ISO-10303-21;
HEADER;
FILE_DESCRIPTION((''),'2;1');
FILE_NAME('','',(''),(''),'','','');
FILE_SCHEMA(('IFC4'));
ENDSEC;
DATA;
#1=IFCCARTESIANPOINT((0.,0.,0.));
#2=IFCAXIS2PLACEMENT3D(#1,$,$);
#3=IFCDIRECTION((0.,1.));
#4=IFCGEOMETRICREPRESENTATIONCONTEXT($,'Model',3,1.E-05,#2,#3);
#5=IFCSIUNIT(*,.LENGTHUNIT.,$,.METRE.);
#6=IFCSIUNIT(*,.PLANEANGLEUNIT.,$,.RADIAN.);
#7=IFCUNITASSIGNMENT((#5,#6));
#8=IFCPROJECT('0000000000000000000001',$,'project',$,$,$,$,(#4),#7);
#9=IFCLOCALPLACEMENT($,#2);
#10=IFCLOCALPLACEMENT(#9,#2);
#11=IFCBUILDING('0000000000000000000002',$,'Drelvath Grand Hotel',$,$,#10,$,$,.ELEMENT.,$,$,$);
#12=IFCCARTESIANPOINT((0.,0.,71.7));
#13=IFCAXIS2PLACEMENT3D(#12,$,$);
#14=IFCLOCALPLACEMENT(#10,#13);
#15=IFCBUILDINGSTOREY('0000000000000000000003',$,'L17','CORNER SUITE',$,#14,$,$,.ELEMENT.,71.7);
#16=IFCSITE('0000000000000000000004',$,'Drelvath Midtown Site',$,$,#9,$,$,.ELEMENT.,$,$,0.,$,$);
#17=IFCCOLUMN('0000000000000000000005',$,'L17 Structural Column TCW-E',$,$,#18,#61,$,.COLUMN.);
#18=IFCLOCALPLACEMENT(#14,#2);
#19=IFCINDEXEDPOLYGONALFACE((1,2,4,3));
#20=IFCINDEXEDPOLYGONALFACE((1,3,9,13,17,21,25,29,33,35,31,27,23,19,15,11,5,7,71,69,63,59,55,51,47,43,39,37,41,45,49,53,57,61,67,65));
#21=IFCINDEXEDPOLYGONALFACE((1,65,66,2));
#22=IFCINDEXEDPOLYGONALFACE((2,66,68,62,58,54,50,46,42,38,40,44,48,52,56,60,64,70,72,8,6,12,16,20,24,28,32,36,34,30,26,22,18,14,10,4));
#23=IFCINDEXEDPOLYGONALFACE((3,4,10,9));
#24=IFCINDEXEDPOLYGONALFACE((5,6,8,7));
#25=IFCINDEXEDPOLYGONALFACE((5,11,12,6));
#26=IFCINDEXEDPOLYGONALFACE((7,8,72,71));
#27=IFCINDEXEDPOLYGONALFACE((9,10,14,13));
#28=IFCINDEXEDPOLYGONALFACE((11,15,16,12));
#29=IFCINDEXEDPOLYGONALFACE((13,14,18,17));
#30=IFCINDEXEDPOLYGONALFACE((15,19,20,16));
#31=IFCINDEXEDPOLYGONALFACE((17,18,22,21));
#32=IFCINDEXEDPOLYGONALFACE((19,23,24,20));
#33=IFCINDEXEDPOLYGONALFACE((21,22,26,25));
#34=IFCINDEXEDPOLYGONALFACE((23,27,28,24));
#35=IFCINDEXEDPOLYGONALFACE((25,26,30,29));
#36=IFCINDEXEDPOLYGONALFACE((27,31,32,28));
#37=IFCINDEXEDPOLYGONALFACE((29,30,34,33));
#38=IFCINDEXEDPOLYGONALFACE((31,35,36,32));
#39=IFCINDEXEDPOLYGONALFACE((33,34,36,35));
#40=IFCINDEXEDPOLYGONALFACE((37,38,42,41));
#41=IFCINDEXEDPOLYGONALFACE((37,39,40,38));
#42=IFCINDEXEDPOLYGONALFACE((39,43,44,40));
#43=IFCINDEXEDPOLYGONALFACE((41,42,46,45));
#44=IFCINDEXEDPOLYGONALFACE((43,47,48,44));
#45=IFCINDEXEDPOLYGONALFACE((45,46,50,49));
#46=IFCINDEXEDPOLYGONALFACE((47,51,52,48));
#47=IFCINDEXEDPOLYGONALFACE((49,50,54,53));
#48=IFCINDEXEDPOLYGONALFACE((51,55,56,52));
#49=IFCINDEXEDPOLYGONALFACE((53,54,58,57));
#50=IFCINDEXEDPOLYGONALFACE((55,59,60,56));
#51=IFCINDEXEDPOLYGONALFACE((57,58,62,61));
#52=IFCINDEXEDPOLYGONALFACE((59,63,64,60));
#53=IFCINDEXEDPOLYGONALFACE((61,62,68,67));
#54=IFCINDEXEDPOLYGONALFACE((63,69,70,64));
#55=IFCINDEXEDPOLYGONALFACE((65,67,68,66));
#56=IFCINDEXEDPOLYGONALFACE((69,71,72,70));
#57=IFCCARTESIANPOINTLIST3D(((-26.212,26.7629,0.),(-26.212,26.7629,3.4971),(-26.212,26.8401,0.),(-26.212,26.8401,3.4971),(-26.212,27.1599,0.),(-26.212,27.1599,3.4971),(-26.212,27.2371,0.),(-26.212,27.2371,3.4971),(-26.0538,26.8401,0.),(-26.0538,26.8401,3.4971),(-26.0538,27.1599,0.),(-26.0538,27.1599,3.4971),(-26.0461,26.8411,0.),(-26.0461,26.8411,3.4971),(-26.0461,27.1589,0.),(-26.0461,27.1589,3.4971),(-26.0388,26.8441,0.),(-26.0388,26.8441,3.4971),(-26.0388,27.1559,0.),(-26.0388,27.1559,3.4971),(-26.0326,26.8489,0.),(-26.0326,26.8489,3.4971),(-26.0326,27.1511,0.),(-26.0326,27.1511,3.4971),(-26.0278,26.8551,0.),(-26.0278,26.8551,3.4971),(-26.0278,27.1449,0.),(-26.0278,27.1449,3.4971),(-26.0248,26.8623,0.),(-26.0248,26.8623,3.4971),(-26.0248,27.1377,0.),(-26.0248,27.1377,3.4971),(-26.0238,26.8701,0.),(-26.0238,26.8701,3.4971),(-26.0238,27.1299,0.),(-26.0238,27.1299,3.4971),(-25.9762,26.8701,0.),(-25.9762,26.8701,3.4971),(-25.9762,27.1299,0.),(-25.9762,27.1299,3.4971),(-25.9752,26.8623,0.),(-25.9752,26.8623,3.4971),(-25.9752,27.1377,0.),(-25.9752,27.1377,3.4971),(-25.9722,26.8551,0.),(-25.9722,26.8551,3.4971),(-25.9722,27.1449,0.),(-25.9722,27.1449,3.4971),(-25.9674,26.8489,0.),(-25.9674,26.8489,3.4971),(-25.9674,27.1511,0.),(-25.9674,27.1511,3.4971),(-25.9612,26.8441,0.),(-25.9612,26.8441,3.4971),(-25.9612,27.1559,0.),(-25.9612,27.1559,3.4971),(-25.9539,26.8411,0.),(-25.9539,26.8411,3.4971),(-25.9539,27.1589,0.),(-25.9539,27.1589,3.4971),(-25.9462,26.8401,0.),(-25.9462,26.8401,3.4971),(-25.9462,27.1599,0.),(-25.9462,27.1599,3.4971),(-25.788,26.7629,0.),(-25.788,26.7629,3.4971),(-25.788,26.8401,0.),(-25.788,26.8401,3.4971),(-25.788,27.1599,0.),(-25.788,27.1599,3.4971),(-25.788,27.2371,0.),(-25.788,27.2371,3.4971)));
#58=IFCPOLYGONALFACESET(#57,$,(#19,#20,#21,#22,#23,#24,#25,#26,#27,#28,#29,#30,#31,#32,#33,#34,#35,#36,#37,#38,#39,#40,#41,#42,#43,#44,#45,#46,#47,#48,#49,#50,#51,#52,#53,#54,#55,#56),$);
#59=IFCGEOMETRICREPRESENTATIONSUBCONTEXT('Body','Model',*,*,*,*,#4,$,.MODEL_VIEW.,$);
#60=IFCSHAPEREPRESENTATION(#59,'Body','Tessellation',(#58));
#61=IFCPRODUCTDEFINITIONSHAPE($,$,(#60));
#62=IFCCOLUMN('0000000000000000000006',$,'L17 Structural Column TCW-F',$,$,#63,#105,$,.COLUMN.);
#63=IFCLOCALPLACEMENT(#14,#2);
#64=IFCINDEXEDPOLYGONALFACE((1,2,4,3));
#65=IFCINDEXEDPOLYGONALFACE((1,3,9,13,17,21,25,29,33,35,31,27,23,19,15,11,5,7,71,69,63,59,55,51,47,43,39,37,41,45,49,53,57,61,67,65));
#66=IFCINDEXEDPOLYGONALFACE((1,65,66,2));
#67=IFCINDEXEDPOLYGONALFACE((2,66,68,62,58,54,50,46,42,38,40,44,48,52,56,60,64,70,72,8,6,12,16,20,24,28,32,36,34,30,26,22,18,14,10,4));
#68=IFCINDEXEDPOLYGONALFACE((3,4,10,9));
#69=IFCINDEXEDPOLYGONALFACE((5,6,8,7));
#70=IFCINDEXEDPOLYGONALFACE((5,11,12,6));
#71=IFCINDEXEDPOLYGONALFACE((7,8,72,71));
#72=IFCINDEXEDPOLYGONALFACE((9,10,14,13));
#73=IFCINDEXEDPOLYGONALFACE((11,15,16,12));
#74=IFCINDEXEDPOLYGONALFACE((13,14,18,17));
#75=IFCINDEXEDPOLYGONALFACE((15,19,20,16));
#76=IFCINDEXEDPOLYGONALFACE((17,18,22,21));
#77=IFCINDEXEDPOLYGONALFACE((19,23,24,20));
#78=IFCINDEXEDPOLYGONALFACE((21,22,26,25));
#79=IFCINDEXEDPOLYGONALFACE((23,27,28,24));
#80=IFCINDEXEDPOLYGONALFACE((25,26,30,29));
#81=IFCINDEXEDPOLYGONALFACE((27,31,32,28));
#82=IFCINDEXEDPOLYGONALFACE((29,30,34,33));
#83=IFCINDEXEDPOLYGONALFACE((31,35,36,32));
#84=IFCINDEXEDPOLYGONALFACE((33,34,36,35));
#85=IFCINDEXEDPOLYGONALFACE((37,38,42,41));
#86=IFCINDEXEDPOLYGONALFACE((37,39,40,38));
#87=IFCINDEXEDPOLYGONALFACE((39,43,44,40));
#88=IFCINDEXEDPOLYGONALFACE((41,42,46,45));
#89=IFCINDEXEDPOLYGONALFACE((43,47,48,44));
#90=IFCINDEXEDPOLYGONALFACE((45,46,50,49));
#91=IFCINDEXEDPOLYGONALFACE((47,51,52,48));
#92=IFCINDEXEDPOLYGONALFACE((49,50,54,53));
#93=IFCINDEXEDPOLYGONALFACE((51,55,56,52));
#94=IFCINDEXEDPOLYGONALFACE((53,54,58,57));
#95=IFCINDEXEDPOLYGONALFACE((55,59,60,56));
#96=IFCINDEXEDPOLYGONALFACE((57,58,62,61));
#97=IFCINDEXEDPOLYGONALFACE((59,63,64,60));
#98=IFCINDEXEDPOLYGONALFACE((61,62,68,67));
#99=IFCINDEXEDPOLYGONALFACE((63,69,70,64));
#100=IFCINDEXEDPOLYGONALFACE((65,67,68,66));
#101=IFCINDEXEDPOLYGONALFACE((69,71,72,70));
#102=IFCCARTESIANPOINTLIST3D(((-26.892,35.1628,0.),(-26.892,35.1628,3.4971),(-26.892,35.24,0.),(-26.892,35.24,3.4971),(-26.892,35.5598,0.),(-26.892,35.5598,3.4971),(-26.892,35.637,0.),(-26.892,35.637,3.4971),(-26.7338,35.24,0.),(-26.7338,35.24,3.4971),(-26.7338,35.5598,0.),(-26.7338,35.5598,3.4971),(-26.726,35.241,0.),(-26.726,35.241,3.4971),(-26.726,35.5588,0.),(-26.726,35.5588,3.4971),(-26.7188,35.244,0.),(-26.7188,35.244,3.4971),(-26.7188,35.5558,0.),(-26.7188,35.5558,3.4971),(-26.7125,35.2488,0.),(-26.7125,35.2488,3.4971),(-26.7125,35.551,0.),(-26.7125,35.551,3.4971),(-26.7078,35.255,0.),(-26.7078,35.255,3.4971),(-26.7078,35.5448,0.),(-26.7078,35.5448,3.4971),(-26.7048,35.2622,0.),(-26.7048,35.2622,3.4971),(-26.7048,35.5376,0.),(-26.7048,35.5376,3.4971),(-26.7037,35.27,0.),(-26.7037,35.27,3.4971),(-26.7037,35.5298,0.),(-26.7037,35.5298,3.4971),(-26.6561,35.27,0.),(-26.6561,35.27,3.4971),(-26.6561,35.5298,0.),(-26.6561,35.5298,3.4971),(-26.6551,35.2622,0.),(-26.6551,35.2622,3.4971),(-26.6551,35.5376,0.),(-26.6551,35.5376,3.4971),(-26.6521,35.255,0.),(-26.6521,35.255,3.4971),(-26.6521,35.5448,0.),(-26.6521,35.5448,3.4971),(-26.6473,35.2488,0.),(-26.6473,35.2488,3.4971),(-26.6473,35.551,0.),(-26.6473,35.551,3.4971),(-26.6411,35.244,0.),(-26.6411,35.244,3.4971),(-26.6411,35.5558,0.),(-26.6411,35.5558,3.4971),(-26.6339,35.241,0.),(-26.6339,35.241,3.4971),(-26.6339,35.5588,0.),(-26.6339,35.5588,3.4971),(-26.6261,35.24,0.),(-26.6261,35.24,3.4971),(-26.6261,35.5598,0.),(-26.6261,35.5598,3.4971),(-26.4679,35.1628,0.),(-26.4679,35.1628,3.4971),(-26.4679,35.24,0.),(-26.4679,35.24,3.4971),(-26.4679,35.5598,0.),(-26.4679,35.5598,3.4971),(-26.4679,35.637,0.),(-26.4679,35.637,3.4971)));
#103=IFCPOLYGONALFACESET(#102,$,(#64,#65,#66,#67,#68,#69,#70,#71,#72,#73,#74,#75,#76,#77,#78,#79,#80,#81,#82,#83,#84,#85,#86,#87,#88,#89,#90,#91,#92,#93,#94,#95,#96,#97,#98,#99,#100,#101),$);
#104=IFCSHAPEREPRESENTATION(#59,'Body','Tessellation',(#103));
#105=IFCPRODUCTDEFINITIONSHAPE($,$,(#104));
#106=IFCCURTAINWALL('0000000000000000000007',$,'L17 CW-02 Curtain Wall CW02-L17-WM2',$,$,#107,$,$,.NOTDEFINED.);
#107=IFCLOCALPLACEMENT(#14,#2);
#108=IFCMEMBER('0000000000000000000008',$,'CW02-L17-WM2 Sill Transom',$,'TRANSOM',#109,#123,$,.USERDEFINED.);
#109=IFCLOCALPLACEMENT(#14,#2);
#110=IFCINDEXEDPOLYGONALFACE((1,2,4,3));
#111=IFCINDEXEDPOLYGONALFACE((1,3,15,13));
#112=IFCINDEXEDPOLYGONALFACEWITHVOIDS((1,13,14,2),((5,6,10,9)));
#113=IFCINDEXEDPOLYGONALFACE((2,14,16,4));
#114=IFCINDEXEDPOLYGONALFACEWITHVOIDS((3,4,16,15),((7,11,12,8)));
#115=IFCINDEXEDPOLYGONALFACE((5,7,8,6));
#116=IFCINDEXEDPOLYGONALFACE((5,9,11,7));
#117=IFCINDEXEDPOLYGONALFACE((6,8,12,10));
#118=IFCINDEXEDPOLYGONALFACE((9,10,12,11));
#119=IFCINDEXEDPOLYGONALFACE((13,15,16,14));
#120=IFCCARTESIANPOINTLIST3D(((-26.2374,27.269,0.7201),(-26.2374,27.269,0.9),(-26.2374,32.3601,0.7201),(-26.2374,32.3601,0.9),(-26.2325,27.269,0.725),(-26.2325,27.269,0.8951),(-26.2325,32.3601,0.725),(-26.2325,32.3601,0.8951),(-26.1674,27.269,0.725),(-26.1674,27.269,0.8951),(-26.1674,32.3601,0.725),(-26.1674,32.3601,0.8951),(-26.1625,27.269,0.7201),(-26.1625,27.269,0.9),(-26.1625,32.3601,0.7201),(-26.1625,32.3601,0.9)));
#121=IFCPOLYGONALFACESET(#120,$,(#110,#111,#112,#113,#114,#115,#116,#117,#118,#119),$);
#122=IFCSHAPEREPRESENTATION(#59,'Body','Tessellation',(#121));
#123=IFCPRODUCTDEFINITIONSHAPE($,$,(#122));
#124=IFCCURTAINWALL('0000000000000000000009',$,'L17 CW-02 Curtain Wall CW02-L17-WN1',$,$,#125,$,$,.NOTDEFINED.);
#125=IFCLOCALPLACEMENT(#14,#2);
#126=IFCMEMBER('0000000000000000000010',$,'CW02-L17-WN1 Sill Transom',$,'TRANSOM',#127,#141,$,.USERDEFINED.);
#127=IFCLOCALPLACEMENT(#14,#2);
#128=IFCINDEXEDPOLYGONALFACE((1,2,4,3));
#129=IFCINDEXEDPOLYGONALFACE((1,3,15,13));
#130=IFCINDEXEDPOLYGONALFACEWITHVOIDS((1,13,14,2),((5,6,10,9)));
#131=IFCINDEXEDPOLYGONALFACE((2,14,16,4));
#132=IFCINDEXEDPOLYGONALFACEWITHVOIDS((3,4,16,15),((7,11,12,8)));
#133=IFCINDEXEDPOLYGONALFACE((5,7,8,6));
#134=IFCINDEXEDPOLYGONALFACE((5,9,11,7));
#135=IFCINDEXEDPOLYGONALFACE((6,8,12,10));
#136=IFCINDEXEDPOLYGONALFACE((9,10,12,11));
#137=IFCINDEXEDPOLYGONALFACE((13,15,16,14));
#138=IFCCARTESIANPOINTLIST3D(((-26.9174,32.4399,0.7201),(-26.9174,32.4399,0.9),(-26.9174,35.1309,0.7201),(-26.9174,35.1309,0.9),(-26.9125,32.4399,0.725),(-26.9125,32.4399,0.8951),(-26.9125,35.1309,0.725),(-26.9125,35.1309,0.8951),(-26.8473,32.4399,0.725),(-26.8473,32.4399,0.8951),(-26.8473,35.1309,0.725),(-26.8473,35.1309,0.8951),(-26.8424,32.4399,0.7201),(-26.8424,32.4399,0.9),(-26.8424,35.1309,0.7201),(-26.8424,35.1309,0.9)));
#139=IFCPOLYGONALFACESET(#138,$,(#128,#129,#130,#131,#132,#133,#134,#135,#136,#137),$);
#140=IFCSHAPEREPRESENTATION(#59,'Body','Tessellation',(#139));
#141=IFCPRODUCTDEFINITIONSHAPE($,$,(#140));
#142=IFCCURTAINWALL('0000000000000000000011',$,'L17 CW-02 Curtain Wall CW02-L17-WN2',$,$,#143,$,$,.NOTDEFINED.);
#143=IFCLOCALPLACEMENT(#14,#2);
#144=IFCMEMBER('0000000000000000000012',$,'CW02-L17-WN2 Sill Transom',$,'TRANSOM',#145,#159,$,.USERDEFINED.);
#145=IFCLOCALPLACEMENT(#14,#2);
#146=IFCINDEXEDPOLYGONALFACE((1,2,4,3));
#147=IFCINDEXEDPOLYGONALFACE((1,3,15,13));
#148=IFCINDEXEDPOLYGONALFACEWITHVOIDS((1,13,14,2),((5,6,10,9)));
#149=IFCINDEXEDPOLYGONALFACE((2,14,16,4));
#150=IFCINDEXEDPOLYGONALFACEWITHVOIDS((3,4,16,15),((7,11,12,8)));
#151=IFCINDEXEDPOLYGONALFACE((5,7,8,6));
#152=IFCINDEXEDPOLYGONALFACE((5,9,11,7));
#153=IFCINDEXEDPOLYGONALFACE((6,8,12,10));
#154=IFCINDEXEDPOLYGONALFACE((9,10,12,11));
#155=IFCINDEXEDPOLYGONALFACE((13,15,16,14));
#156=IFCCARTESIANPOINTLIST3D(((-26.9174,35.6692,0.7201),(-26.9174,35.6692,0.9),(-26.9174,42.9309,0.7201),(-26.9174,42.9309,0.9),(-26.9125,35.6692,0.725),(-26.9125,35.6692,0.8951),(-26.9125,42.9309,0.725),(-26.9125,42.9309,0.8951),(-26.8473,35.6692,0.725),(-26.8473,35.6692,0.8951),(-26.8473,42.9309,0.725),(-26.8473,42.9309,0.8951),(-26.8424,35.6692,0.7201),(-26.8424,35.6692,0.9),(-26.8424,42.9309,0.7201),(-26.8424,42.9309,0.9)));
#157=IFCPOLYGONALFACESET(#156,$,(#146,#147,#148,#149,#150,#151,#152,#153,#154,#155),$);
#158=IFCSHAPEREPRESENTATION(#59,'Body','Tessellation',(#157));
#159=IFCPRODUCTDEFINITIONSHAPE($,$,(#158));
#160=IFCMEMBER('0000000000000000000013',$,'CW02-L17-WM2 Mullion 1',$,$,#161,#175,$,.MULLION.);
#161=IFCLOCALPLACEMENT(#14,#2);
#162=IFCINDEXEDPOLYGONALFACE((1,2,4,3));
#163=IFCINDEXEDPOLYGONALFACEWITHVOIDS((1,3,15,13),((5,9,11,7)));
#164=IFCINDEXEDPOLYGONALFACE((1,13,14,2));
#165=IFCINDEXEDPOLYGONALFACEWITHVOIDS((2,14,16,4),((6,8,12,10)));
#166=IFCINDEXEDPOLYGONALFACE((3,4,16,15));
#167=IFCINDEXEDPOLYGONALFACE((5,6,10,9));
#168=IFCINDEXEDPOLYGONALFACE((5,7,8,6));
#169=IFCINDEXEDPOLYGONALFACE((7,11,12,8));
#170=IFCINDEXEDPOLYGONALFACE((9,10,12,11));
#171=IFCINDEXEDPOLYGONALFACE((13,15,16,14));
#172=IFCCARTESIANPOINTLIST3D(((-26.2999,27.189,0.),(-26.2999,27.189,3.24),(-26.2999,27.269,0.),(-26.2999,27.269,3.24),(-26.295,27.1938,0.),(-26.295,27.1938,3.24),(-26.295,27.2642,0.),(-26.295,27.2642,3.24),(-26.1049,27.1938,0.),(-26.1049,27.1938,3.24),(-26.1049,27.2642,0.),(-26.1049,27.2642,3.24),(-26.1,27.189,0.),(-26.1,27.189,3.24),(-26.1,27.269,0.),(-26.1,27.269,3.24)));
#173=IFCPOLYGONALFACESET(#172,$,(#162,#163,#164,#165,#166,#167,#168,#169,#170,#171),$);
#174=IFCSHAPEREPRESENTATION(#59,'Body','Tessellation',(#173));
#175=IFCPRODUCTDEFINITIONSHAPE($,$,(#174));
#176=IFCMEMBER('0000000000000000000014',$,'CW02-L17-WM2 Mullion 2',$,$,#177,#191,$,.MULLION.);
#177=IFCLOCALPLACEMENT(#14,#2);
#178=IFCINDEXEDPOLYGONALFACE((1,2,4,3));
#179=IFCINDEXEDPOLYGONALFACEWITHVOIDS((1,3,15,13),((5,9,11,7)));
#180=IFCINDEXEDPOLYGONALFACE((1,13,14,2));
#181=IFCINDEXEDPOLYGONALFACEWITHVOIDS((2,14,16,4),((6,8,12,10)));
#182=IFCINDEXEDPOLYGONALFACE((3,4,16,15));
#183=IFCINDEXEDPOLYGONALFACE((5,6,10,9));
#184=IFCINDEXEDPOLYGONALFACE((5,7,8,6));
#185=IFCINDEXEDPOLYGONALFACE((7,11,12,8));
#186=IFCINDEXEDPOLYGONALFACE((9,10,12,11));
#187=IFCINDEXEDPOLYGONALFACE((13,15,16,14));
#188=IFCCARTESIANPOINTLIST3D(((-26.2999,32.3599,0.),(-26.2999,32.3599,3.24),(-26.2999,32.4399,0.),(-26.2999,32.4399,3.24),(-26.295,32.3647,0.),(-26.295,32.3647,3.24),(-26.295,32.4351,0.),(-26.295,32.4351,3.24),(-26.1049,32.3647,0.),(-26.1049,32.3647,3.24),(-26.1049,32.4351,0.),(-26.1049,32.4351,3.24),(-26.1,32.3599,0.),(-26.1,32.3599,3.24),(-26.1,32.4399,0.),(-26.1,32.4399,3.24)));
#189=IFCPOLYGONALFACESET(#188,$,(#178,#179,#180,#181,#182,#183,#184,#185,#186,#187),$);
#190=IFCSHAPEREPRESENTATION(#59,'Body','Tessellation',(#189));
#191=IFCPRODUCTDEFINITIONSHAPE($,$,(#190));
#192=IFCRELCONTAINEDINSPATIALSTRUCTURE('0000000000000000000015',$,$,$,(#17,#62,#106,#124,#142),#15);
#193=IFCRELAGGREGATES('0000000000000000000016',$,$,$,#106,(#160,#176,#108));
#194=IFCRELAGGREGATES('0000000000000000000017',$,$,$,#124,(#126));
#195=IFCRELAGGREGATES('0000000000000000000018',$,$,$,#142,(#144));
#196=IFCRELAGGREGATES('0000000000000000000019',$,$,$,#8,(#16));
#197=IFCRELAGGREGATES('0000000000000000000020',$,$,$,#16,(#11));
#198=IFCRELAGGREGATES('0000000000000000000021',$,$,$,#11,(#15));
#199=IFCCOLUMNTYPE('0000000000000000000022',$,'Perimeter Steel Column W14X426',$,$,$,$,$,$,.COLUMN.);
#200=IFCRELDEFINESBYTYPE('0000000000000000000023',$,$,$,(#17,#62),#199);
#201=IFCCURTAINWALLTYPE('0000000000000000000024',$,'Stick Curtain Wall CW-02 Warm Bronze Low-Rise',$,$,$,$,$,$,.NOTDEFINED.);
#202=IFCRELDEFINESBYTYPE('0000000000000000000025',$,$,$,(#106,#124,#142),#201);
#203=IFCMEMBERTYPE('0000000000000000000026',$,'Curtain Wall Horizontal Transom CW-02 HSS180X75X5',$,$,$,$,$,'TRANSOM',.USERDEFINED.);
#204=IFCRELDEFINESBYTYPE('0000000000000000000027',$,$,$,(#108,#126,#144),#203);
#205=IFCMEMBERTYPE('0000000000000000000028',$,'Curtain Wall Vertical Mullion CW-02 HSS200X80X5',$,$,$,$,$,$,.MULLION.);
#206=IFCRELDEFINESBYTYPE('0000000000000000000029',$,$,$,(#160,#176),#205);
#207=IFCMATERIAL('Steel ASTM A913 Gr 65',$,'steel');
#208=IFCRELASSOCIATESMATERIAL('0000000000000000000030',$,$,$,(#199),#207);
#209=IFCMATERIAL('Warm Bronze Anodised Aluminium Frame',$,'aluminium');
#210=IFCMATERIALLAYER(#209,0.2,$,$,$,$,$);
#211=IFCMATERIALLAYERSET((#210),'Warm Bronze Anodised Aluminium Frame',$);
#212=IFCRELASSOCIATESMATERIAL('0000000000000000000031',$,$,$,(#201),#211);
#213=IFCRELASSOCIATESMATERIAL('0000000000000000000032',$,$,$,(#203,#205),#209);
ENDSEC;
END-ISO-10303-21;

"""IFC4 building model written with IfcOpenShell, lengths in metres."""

from ifc_helpers import new_model, si_unit, direction, frame, origin, origin_2d, place, context, subcontext, project, spatial, hollow_rectangle, i_section, extrude, material, layer, layer_set, material_profile, profile_set, type_object, element, aggregate, save


model = new_model("IFC4")

# Units and contexts
model_context = context("Model", 3, precision=1e-05, world=origin(), true_north=direction((0.0, 1.0)))
body_context = subcontext(model_context, "Body", "Model", "MODEL_VIEW")
ifc_project = project(units=[si_unit("LENGTHUNIT", "METRE"), si_unit("PLANEANGLEUNIT", "RADIAN")], contexts=[model_context])

# Site, building, storey
site_placement = place(None, origin())
site = spatial("IfcSite", under=ifc_project, at=site_placement, Name="Drelvath Midtown Site", CompositionType="ELEMENT", RefElevation=0.0)
building_placement = place(site_placement, origin())
building = spatial("IfcBuilding", under=site, at=building_placement, Name="Drelvath Grand Hotel", CompositionType="ELEMENT")
storey_placement = place(building_placement, frame((0.0, 0.0, 71.7)))
storey = spatial("IfcBuildingStorey", under=building, at=storey_placement, Name="L17", Description="CORNER SUITE", CompositionType="ELEMENT", Elevation=71.7)

# Columns
ifc_material_1 = material(Name="Steel ASTM A913 Gr 65", Category="steel")
ifc_material_profile_1 = material_profile(ifc_material_1, i_section(OverallWidth=0.4241, OverallDepth=0.4741, WebThickness=0.0476, FlangeThickness=0.0771, FilletRadius=0.03, at=origin_2d()), Name="W14X426")
ifc_profile_set_1 = profile_set([ifc_material_profile_1], Name="Steel ASTM A913 Gr 65")
column_type = type_object("IfcColumnType", Name="Perimeter Steel Column W14X426", PredefinedType="COLUMN", material=ifc_profile_set_1)
for number, where, z_axis, x_axis, name in (
    (1, (-26.0, 27.0, 0.0), (0.0, 0.0, 1.0), (1.0, 0.0, 0.0), "L17 Structural Column TCW-E"),
    (2, (-26.6799, 35.3999, 0.0), (0.0, 0.0, 1.0), (1.0, 0.0, 0.0), "L17 Structural Column TCW-F"),
):
    element("IfcColumn", number, at=place(storey_placement, frame(where, z_axis=z_axis, x_axis=x_axis)), inside=storey, type_object=column_type, Name=name, PredefinedType="COLUMN", context=body_context, shape_type="SweptSolid", body=[
        extrude(i_section(OverallWidth=0.4241, OverallDepth=0.4741, WebThickness=0.0476, FlangeThickness=0.0771, FilletRadius=0.03, at=origin_2d()), origin(), (0.0, 0.0, 1.0), 3.4971),
    ])

# Curtain walls, members
ifc_material_2 = material(Name="Warm Bronze Anodised Aluminium Frame", Category="aluminium")
ifc_layer_1 = layer(ifc_material_2, 0.2)
ifc_layer_set_1 = layer_set([ifc_layer_1], Name="Warm Bronze Anodised Aluminium Frame")
curtain_wall_type = type_object("IfcCurtainWallType", Name="Stick Curtain Wall CW-02 Warm Bronze Low-Rise", PredefinedType="NOTDEFINED", material=ifc_layer_set_1)
curtain_wall_1_placement = place(storey_placement, origin())
curtain_wall_1 = element("IfcCurtainWall", 3, at=curtain_wall_1_placement, inside=storey, type_object=curtain_wall_type, Name="L17 CW-02 Curtain Wall CW02-L17-WM2", PredefinedType="NOTDEFINED")
ifc_material_profile_2 = material_profile(ifc_material_2, hollow_rectangle(XDim=0.075, YDim=0.1799, WallThickness=0.0049, at=origin_2d()), Name="HSS180X75X5")
ifc_profile_set_2 = profile_set([ifc_material_profile_2], Name="Warm Bronze Anodised Aluminium Frame")
member_type_1 = type_object("IfcMemberType", Name="Curtain Wall Horizontal Transom CW-02 HSS180X75X5", ElementType="TRANSOM", PredefinedType="USERDEFINED", material=ifc_profile_set_2)
member_1_placement = place(storey_placement, frame((-26.2, 27.269, 0.8101), z_axis=(0.0, 1.0, 0.0), x_axis=(-1.0, 0.0, 0.0)))
member_1 = element("IfcMember", 4, at=member_1_placement, type_object=member_type_1, Name="CW02-L17-WM2 Sill Transom", ObjectType="TRANSOM", PredefinedType="USERDEFINED", context=body_context, shape_type="SweptSolid", body=[
    extrude(hollow_rectangle(XDim=0.075, YDim=0.1799, WallThickness=0.0049, at=origin_2d()), origin(), (0.0, 0.0, 1.0), 5.0911),
])
curtain_wall_2_placement = place(storey_placement, origin())
curtain_wall_2 = element("IfcCurtainWall", 5, at=curtain_wall_2_placement, inside=storey, type_object=curtain_wall_type, Name="L17 CW-02 Curtain Wall CW02-L17-WN1", PredefinedType="NOTDEFINED")
member_2_placement = place(storey_placement, frame((-26.8799, 32.4399, 0.8101), z_axis=(0.0, 1.0, 0.0), x_axis=(-1.0, 0.0, 0.0)))
member_2 = element("IfcMember", 6, at=member_2_placement, type_object=member_type_1, Name="CW02-L17-WN1 Sill Transom", ObjectType="TRANSOM", PredefinedType="USERDEFINED", context=body_context, shape_type="SweptSolid", body=[
    extrude(hollow_rectangle(XDim=0.075, YDim=0.1799, WallThickness=0.0049, at=origin_2d()), origin(), (0.0, 0.0, 1.0), 2.6909),
])
curtain_wall_3_placement = place(storey_placement, origin())
curtain_wall_3 = element("IfcCurtainWall", 7, at=curtain_wall_3_placement, inside=storey, type_object=curtain_wall_type, Name="L17 CW-02 Curtain Wall CW02-L17-WN2", PredefinedType="NOTDEFINED")
member_3_placement = place(storey_placement, frame((-26.8799, 35.6692, 0.8101), z_axis=(0.0, 1.0, 0.0), x_axis=(-1.0, 0.0, 0.0)))
member_3 = element("IfcMember", 8, at=member_3_placement, type_object=member_type_1, Name="CW02-L17-WN2 Sill Transom", ObjectType="TRANSOM", PredefinedType="USERDEFINED", context=body_context, shape_type="SweptSolid", body=[
    extrude(hollow_rectangle(XDim=0.075, YDim=0.1799, WallThickness=0.0049, at=origin_2d()), origin(), (0.0, 0.0, 1.0), 7.2617),
])

# Members
ifc_material_profile_3 = material_profile(ifc_material_2, hollow_rectangle(XDim=0.0801, YDim=0.2, WallThickness=0.0049, at=origin_2d()), Name="HSS200X80X5")
ifc_profile_set_3 = profile_set([ifc_material_profile_3], Name="Warm Bronze Anodised Aluminium Frame")
member_type_2 = type_object("IfcMemberType", Name="Curtain Wall Vertical Mullion CW-02 HSS200X80X5", PredefinedType="MULLION", material=ifc_profile_set_3)
member_4_placement = place(storey_placement, frame((-26.2, 27.229, 0.0), z_axis=(0.0, 0.0, 1.0), x_axis=(0.0, 1.0, 0.0)))
member_4 = element("IfcMember", 9, at=member_4_placement, type_object=member_type_2, Name="CW02-L17-WM2 Mullion 1", PredefinedType="MULLION", context=body_context, shape_type="SweptSolid", body=[
    extrude(hollow_rectangle(XDim=0.0801, YDim=0.2, WallThickness=0.0049, at=origin_2d()), origin(), (0.0, 0.0, 1.0), 3.24),
])
member_5_placement = place(storey_placement, frame((-26.2, 32.3999, 0.0), z_axis=(0.0, 0.0, 1.0), x_axis=(0.0, 1.0, 0.0)))
member_5 = element("IfcMember", 10, at=member_5_placement, type_object=member_type_2, Name="CW02-L17-WM2 Mullion 2", PredefinedType="MULLION", context=body_context, shape_type="SweptSolid", body=[
    extrude(hollow_rectangle(XDim=0.0801, YDim=0.2, WallThickness=0.0049, at=origin_2d()), origin(), (0.0, 0.0, 1.0), 3.24),
])

aggregate(curtain_wall_1, [member_4, member_5, member_1])
aggregate(curtain_wall_2, [member_2])
aggregate(curtain_wall_3, [member_3])

save(model, "model.ifc")
